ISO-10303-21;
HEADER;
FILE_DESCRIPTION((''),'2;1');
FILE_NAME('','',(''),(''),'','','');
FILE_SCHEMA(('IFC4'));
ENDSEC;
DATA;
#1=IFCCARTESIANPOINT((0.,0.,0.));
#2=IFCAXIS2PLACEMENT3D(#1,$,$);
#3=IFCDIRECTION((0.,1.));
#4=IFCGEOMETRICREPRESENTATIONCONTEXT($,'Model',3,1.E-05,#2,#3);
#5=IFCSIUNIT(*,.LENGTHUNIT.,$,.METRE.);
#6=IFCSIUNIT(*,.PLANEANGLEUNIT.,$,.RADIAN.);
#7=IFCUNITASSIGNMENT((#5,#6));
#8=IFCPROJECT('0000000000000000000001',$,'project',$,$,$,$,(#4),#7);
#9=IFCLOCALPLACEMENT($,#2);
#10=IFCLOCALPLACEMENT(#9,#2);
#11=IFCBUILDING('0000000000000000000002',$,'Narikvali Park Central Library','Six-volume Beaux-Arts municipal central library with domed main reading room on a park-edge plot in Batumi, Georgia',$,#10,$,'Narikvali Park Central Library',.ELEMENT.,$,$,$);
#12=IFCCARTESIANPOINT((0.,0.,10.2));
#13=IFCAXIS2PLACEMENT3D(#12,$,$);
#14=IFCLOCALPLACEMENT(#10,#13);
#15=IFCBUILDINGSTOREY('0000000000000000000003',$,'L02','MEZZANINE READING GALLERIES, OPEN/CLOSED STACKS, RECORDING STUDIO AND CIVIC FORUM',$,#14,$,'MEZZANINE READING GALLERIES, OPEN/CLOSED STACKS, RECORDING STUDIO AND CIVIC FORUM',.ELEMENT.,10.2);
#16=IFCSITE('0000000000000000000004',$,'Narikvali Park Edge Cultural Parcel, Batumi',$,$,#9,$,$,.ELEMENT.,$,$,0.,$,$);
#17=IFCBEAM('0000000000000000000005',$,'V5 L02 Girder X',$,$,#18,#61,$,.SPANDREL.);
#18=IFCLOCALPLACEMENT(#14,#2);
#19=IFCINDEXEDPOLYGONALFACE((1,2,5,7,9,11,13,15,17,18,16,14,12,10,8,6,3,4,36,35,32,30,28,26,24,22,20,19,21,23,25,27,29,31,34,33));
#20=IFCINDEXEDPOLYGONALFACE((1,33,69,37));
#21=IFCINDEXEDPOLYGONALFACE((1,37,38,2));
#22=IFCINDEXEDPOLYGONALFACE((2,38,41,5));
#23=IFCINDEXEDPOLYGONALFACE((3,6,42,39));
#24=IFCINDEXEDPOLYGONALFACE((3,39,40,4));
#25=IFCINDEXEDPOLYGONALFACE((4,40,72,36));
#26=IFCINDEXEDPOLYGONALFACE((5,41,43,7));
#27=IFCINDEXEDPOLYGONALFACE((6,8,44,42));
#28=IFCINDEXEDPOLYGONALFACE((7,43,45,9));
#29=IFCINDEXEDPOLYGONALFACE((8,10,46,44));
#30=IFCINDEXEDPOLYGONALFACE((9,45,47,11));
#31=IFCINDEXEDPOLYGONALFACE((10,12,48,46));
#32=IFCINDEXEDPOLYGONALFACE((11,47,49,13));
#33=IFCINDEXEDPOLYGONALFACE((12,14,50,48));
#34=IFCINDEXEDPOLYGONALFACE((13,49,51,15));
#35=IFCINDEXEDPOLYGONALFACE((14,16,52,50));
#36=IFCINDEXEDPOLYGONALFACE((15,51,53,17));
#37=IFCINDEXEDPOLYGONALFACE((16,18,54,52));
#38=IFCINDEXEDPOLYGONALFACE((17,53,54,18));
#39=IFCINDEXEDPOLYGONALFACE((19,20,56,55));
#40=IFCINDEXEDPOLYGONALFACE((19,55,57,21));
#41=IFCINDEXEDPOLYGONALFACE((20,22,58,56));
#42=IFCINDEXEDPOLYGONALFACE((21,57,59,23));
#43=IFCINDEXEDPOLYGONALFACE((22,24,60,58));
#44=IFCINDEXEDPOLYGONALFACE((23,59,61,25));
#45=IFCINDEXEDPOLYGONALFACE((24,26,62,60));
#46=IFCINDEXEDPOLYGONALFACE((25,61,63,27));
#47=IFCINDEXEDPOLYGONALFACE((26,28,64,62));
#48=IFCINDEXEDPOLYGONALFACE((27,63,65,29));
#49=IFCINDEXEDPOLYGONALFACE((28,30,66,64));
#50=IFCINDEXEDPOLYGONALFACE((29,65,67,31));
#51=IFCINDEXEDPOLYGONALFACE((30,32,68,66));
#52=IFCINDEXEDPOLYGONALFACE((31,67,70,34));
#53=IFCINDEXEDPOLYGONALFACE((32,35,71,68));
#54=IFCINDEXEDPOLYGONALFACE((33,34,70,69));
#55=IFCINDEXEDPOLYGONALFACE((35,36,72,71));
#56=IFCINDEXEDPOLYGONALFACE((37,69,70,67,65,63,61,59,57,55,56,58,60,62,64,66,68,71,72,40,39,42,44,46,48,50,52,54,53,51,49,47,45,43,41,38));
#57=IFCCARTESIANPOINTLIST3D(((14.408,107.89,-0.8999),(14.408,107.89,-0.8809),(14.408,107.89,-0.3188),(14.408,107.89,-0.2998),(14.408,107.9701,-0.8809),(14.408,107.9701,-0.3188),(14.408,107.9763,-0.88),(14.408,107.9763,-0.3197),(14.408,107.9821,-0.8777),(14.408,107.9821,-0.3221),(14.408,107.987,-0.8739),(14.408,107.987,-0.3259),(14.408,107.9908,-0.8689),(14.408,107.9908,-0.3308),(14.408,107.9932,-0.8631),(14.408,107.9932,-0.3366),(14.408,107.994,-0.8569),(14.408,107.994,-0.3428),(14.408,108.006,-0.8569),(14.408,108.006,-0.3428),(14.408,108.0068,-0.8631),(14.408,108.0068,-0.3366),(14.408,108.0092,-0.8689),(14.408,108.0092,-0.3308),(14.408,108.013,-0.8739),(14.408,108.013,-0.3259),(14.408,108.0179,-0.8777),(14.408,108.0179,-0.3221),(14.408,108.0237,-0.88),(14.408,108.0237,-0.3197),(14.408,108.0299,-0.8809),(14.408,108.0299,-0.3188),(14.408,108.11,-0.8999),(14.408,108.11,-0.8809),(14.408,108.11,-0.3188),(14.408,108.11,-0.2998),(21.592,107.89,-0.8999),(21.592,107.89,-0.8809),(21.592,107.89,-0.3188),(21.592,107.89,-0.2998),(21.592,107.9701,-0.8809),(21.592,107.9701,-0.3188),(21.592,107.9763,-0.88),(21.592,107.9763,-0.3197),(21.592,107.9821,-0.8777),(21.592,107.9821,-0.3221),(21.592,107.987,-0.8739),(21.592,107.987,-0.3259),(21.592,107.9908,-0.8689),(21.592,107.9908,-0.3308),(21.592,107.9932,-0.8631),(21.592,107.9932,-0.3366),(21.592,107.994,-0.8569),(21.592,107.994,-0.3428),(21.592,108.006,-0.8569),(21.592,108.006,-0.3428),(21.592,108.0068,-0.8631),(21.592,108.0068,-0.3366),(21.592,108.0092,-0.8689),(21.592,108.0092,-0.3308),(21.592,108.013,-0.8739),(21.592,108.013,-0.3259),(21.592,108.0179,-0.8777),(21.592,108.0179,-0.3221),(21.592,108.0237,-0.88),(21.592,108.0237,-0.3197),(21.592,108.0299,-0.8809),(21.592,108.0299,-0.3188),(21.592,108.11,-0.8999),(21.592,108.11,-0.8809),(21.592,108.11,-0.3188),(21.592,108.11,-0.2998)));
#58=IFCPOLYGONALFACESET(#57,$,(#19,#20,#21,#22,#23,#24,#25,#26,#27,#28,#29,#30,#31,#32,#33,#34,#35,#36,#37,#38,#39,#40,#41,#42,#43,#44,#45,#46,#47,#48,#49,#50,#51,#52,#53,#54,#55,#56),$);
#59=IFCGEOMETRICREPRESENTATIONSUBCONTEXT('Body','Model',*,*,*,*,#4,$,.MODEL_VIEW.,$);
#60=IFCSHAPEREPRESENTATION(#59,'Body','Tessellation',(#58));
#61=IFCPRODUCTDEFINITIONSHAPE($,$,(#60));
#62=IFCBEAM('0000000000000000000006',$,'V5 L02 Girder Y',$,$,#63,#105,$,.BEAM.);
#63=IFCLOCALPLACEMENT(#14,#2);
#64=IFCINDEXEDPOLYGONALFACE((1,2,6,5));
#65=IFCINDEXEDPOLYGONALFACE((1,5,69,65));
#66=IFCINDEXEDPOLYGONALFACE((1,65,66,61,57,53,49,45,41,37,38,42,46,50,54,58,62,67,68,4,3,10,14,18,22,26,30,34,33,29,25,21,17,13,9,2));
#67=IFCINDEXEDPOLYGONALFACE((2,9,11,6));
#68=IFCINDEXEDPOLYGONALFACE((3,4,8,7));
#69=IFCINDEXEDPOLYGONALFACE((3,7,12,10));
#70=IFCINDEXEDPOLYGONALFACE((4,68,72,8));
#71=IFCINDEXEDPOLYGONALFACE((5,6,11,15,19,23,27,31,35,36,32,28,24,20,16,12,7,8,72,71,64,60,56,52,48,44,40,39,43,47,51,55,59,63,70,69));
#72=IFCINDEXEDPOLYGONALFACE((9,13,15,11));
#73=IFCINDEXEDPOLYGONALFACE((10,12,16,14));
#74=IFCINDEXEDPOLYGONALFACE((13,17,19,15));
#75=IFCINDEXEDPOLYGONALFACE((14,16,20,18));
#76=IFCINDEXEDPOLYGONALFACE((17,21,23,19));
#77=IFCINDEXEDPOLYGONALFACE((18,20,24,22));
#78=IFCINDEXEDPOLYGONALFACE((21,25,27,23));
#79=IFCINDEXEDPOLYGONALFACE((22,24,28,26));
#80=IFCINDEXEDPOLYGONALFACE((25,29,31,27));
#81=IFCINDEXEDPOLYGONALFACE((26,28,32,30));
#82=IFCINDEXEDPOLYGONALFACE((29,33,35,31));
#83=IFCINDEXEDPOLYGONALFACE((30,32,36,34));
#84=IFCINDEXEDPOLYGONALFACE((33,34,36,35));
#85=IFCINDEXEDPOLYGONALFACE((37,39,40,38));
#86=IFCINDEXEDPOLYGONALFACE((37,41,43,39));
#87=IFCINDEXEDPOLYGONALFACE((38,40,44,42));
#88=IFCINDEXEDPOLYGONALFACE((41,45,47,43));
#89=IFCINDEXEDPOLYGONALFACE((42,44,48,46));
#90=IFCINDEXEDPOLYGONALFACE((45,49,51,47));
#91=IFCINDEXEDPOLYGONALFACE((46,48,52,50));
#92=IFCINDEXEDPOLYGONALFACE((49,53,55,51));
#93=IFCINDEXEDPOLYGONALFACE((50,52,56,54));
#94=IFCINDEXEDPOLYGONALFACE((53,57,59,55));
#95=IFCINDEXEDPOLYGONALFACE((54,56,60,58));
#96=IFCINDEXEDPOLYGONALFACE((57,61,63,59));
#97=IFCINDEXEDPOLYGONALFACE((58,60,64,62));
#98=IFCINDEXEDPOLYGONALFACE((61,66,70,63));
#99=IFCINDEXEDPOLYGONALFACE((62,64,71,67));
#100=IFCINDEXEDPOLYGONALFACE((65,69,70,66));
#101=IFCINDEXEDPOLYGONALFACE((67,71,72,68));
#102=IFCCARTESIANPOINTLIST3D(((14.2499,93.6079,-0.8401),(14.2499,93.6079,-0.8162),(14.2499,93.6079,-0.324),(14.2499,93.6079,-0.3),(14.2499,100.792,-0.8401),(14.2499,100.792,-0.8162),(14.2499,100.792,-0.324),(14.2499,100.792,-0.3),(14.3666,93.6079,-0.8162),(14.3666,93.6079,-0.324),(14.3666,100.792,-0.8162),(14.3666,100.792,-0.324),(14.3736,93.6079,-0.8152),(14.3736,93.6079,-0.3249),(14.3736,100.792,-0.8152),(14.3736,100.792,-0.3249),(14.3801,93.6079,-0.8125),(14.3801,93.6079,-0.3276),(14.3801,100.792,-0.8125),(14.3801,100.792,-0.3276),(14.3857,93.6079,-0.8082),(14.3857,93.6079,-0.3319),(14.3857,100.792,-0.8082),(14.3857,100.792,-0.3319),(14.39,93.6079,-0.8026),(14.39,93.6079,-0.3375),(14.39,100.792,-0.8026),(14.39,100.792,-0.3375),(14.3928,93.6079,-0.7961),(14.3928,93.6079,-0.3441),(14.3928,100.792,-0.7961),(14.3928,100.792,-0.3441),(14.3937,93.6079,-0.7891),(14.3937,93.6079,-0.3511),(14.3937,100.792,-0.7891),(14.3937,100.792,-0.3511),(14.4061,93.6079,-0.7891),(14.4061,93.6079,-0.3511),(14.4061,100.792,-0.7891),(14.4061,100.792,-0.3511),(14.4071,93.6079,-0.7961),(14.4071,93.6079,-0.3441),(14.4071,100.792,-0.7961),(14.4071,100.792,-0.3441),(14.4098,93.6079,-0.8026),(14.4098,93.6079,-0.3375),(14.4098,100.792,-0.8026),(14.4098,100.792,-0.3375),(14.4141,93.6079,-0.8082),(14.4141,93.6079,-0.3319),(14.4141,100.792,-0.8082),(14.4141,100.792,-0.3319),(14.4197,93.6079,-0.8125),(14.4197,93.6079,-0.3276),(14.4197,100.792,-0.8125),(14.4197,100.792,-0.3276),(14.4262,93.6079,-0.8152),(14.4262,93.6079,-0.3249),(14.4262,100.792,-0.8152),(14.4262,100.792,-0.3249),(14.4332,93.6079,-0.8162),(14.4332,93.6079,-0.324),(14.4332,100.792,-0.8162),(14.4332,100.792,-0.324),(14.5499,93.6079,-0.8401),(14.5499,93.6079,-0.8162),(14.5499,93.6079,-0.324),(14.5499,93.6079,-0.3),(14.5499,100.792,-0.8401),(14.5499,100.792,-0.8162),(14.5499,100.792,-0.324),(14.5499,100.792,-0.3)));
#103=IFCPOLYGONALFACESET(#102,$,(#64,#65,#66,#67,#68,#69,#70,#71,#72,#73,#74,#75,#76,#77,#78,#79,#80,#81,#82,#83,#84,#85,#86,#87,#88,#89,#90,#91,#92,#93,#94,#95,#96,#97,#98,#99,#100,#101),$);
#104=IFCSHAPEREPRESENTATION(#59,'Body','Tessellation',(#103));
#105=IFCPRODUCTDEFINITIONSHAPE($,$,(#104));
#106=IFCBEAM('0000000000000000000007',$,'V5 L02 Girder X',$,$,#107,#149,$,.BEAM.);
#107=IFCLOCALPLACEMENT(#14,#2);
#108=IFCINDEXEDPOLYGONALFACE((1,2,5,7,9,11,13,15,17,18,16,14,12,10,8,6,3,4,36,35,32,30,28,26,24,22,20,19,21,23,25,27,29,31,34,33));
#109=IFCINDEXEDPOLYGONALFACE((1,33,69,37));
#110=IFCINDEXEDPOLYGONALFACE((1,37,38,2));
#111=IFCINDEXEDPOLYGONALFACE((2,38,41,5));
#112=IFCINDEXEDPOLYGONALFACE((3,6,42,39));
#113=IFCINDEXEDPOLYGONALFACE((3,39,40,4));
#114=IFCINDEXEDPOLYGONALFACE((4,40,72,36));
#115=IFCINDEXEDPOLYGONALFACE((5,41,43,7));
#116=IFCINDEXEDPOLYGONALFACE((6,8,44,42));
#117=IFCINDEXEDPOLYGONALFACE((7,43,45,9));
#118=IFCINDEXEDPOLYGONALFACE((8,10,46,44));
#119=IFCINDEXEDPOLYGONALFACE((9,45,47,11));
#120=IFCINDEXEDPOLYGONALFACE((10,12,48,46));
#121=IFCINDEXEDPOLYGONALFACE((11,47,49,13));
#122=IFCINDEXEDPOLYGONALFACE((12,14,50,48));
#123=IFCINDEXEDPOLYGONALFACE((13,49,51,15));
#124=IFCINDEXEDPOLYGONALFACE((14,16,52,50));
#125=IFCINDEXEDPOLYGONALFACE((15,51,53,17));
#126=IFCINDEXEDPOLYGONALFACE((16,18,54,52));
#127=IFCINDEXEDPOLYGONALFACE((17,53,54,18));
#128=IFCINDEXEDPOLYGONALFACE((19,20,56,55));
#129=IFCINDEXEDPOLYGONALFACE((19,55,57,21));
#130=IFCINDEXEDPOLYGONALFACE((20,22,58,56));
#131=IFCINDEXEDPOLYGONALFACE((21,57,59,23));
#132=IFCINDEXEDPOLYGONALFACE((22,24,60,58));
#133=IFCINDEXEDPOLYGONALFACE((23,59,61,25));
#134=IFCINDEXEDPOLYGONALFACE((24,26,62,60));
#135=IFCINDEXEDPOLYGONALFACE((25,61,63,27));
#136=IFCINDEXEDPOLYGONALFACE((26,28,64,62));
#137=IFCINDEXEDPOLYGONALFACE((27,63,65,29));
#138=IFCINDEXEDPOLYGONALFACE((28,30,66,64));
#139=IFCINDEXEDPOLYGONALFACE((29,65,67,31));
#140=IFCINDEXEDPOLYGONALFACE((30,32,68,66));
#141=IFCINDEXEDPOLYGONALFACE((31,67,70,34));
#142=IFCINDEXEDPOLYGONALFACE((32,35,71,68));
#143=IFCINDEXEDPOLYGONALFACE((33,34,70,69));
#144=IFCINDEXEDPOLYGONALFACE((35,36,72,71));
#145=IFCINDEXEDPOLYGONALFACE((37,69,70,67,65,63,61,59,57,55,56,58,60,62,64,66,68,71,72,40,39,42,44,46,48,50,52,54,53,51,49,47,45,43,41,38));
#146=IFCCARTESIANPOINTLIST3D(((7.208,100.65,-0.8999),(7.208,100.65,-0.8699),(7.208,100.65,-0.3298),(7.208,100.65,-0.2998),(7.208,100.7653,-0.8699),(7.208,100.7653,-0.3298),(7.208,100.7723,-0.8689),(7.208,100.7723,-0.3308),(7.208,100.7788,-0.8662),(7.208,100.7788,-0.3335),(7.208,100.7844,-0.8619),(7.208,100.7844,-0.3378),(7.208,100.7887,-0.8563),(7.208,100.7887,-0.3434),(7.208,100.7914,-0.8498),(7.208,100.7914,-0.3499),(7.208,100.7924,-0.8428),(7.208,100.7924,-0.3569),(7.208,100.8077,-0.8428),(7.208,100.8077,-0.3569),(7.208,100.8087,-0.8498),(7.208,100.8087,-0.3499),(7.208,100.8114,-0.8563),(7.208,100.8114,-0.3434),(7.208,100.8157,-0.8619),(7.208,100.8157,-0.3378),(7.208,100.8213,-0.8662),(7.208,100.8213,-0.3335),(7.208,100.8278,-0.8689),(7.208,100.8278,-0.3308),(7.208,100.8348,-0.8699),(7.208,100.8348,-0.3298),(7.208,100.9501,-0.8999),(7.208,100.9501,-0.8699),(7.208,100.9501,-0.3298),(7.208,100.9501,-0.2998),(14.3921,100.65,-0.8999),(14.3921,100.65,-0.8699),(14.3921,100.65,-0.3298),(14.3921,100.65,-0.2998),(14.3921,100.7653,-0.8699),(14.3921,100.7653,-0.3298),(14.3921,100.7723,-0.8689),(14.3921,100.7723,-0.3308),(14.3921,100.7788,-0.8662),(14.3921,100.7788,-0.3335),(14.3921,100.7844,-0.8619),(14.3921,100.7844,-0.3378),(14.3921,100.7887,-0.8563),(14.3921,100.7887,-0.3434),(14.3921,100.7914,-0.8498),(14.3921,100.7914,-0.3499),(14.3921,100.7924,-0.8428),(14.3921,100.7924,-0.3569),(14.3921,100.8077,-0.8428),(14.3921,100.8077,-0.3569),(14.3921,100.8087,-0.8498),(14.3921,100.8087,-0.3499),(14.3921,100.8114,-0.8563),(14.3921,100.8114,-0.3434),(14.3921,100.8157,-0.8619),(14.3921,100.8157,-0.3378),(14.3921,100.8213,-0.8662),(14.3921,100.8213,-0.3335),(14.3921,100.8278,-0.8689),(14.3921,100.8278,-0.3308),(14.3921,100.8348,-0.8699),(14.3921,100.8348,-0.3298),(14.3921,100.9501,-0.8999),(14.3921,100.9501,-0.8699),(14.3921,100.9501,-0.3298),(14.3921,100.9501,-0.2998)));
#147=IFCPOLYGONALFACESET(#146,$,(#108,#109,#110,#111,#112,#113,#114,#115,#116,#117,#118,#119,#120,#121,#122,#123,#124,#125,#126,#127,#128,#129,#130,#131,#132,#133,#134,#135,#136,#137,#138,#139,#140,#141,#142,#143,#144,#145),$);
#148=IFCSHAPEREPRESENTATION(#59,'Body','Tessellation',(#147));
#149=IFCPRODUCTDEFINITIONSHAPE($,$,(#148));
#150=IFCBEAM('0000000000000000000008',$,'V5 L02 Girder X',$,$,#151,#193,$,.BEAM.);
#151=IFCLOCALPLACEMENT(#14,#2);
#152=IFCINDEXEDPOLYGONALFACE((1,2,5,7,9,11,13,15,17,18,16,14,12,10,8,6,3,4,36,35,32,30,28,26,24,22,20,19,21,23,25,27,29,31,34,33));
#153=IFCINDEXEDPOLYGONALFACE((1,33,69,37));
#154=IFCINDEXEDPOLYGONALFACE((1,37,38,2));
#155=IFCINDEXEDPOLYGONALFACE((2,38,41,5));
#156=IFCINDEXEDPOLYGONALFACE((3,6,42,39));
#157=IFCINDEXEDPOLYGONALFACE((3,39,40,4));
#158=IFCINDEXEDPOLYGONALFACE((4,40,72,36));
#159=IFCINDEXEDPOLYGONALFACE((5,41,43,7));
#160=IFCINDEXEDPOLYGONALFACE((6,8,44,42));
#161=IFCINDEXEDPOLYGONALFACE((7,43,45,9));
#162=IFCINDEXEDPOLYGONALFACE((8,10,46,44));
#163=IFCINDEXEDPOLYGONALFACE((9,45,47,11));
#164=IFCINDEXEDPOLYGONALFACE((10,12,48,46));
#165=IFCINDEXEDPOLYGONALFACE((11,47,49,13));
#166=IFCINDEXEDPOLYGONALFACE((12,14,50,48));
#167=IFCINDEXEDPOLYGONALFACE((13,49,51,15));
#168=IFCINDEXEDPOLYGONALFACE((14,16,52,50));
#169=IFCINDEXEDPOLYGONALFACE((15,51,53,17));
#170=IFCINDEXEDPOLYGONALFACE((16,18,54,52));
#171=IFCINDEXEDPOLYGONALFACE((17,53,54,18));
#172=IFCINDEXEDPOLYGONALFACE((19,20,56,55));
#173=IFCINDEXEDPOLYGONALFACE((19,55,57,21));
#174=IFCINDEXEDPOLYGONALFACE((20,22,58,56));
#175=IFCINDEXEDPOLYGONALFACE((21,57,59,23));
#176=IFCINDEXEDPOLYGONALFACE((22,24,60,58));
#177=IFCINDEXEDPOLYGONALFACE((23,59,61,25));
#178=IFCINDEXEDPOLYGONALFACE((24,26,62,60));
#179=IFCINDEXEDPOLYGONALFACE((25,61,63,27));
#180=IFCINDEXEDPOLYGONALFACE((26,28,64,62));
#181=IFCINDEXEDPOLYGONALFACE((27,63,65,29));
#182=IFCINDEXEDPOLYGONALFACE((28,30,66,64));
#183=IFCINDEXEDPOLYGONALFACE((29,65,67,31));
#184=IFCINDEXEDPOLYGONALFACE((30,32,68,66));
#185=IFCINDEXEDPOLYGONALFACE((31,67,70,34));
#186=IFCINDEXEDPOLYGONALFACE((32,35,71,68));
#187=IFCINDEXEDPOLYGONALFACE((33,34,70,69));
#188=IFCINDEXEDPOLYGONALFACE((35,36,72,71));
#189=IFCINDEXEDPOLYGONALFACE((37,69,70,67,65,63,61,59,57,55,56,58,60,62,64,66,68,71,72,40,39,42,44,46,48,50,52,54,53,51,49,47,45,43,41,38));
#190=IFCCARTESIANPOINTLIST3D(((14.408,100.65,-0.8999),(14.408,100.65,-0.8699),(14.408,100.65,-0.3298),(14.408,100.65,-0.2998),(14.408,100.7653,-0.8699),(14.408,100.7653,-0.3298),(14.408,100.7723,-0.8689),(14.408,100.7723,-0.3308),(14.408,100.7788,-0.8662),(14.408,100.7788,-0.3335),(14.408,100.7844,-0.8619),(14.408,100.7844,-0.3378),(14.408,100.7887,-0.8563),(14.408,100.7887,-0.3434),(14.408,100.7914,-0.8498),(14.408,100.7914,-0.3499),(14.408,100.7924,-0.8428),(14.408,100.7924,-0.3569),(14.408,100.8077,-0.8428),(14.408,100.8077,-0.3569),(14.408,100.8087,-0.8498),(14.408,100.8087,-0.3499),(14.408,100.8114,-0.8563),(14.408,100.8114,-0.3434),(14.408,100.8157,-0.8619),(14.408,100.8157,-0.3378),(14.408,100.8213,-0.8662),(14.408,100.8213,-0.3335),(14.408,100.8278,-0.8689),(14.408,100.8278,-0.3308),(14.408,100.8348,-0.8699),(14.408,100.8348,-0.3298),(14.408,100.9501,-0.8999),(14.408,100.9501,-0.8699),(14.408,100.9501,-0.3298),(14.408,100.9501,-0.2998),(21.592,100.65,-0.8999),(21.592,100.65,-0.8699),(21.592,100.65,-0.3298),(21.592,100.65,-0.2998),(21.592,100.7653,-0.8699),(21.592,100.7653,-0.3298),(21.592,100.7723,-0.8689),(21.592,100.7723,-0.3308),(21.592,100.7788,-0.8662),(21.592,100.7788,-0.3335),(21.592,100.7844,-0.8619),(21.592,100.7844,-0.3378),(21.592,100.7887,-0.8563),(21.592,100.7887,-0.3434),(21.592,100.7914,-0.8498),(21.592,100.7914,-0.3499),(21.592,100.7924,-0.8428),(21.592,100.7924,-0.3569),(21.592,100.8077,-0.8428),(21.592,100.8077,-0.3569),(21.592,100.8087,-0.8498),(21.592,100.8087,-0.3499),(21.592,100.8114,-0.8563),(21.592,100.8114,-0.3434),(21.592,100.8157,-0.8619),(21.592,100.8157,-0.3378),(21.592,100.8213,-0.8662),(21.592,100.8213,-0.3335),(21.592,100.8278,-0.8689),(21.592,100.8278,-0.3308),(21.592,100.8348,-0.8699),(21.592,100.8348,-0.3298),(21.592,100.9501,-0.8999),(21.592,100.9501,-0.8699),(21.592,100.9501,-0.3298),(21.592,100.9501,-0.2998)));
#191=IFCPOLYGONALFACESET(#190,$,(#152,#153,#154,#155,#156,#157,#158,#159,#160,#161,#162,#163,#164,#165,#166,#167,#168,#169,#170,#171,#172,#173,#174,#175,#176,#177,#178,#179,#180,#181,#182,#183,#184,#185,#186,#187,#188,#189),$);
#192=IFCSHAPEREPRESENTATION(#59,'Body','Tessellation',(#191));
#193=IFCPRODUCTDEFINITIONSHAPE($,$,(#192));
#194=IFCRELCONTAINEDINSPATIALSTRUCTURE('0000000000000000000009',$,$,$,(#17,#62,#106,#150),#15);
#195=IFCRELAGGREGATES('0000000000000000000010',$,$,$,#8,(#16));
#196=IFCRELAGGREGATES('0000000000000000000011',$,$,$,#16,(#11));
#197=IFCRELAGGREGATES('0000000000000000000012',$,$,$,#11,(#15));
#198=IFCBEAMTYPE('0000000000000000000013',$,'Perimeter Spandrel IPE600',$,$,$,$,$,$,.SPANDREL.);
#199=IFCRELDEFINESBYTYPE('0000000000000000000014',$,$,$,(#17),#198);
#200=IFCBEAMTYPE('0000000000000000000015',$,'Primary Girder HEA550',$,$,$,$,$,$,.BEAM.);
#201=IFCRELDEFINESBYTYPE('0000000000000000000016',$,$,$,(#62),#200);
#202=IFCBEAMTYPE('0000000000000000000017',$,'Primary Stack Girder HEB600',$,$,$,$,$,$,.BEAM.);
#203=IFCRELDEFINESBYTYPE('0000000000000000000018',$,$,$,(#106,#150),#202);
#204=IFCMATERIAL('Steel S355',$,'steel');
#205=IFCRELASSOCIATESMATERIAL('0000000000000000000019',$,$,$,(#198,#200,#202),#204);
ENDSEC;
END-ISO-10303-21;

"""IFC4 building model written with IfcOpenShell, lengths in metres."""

from ifc_helpers import new_model, si_unit, direction, frame, origin, origin_2d, place, context, subcontext, project, spatial, i_section, extrude, material, material_profile, profile_set, type_object, element, save


model = new_model("IFC4")

# Units and contexts
model_context = context("Model", 3, precision=1e-05, world=origin(), true_north=direction((0.0, 1.0)))
body_context = subcontext(model_context, "Body", "Model", "MODEL_VIEW")
ifc_project = project(units=[si_unit("LENGTHUNIT", "METRE"), si_unit("PLANEANGLEUNIT", "RADIAN")], contexts=[model_context])

# Site, building, storey
site_placement = place(None, origin())
site = spatial("IfcSite", under=ifc_project, at=site_placement, Name="Narikvali Park Edge Cultural Parcel, Batumi", CompositionType="ELEMENT", RefElevation=0.0)
building_placement = place(site_placement, origin())
building = spatial("IfcBuilding", under=site, at=building_placement, Name="Narikvali Park Central Library", Description="Six-volume Beaux-Arts municipal central library with domed main reading room on a park-edge plot in Batumi, Georgia", LongName="Narikvali Park Central Library", CompositionType="ELEMENT")
storey_placement = place(building_placement, frame((0.0, 0.0, 10.2)))
storey = spatial("IfcBuildingStorey", under=building, at=storey_placement, Name="L02", Description="MEZZANINE READING GALLERIES, OPEN/CLOSED STACKS, RECORDING STUDIO AND CIVIC FORUM", LongName="MEZZANINE READING GALLERIES, OPEN/CLOSED STACKS, RECORDING STUDIO AND CIVIC FORUM", CompositionType="ELEMENT", Elevation=10.2)

# Shared definitions
ifc_material_1 = material(Name="Steel S355", Category="steel")

# Beams
ifc_material_profile_1 = material_profile(ifc_material_1, i_section(OverallWidth=0.22, OverallDepth=0.6001, WebThickness=0.012, FlangeThickness=0.019, FilletRadius=0.0239, at=origin_2d()), Name="IPE 600")
ifc_profile_set_1 = profile_set([ifc_material_profile_1], Name="Steel S355")
beam_type_1 = type_object("IfcBeamType", Name="Perimeter Spandrel IPE600", PredefinedType="SPANDREL", material=ifc_profile_set_1)
for number, where, z_axis, x_axis, name in (
    (1, (14.408, 108.0, -0.5999), (1.0, 0.0, 0.0), (0.0, 1.0, 0.0), "V5 L02 Girder X"),
):
    element("IfcBeam", number, at=place(storey_placement, frame(where, z_axis=z_axis, x_axis=x_axis)), inside=storey, type_object=beam_type_1, Name=name, PredefinedType="SPANDREL", context=body_context, shape_type="SweptSolid", body=[
        extrude(i_section(OverallWidth=0.22, OverallDepth=0.6001, WebThickness=0.012, FlangeThickness=0.019, FilletRadius=0.0239, at=origin_2d()), origin(), (0.0, 0.0, 1.0), 7.1841),
    ])
ifc_material_profile_2 = material_profile(ifc_material_1, i_section(OverallWidth=0.3, OverallDepth=0.54, WebThickness=0.0125, FlangeThickness=0.0239, FilletRadius=0.0271, at=origin_2d()), Name="HEA 550")
ifc_profile_set_2 = profile_set([ifc_material_profile_2], Name="Steel S355")
beam_type_2 = type_object("IfcBeamType", Name="Primary Girder HEA550", PredefinedType="BEAM", material=ifc_profile_set_2)
beam_1_placement = place(storey_placement, frame((14.3999, 93.6079, -0.5701), z_axis=(0.0, 1.0, 0.0), x_axis=(-1.0, 0.0, 0.0)))
element("IfcBeam", 2, at=beam_1_placement, inside=storey, type_object=beam_type_2, Name="V5 L02 Girder Y", PredefinedType="BEAM", context=body_context, shape_type="SweptSolid", body=[
    extrude(i_section(OverallWidth=0.3, OverallDepth=0.54, WebThickness=0.0125, FlangeThickness=0.0239, FilletRadius=0.0271, at=origin_2d()), origin(), (0.0, 0.0, 1.0), 7.1841),
])
ifc_material_profile_3 = material_profile(ifc_material_1, i_section(OverallWidth=0.3, OverallDepth=0.6001, WebThickness=0.0154, FlangeThickness=0.03, FilletRadius=0.0271, at=origin_2d()), Name="HEB 600")
ifc_profile_set_3 = profile_set([ifc_material_profile_3], Name="Steel S355")
beam_type_3 = type_object("IfcBeamType", Name="Primary Stack Girder HEB600", PredefinedType="BEAM", material=ifc_profile_set_3)
for number, where, z_axis, x_axis, name in (
    (3, (7.208, 100.8, -0.5999), (1.0, 0.0, 0.0), (0.0, 1.0, 0.0), "V5 L02 Girder X"),
    (4, (14.408, 100.8, -0.5999), (1.0, 0.0, 0.0), (0.0, 1.0, 0.0), "V5 L02 Girder X"),
):
    element("IfcBeam", number, at=place(storey_placement, frame(where, z_axis=z_axis, x_axis=x_axis)), inside=storey, type_object=beam_type_3, Name=name, PredefinedType="BEAM", context=body_context, shape_type="SweptSolid", body=[
        extrude(i_section(OverallWidth=0.3, OverallDepth=0.6001, WebThickness=0.0154, FlangeThickness=0.03, FilletRadius=0.0271, at=origin_2d()), origin(), (0.0, 0.0, 1.0), 7.1841),
    ])

save(model, "model.ifc")
